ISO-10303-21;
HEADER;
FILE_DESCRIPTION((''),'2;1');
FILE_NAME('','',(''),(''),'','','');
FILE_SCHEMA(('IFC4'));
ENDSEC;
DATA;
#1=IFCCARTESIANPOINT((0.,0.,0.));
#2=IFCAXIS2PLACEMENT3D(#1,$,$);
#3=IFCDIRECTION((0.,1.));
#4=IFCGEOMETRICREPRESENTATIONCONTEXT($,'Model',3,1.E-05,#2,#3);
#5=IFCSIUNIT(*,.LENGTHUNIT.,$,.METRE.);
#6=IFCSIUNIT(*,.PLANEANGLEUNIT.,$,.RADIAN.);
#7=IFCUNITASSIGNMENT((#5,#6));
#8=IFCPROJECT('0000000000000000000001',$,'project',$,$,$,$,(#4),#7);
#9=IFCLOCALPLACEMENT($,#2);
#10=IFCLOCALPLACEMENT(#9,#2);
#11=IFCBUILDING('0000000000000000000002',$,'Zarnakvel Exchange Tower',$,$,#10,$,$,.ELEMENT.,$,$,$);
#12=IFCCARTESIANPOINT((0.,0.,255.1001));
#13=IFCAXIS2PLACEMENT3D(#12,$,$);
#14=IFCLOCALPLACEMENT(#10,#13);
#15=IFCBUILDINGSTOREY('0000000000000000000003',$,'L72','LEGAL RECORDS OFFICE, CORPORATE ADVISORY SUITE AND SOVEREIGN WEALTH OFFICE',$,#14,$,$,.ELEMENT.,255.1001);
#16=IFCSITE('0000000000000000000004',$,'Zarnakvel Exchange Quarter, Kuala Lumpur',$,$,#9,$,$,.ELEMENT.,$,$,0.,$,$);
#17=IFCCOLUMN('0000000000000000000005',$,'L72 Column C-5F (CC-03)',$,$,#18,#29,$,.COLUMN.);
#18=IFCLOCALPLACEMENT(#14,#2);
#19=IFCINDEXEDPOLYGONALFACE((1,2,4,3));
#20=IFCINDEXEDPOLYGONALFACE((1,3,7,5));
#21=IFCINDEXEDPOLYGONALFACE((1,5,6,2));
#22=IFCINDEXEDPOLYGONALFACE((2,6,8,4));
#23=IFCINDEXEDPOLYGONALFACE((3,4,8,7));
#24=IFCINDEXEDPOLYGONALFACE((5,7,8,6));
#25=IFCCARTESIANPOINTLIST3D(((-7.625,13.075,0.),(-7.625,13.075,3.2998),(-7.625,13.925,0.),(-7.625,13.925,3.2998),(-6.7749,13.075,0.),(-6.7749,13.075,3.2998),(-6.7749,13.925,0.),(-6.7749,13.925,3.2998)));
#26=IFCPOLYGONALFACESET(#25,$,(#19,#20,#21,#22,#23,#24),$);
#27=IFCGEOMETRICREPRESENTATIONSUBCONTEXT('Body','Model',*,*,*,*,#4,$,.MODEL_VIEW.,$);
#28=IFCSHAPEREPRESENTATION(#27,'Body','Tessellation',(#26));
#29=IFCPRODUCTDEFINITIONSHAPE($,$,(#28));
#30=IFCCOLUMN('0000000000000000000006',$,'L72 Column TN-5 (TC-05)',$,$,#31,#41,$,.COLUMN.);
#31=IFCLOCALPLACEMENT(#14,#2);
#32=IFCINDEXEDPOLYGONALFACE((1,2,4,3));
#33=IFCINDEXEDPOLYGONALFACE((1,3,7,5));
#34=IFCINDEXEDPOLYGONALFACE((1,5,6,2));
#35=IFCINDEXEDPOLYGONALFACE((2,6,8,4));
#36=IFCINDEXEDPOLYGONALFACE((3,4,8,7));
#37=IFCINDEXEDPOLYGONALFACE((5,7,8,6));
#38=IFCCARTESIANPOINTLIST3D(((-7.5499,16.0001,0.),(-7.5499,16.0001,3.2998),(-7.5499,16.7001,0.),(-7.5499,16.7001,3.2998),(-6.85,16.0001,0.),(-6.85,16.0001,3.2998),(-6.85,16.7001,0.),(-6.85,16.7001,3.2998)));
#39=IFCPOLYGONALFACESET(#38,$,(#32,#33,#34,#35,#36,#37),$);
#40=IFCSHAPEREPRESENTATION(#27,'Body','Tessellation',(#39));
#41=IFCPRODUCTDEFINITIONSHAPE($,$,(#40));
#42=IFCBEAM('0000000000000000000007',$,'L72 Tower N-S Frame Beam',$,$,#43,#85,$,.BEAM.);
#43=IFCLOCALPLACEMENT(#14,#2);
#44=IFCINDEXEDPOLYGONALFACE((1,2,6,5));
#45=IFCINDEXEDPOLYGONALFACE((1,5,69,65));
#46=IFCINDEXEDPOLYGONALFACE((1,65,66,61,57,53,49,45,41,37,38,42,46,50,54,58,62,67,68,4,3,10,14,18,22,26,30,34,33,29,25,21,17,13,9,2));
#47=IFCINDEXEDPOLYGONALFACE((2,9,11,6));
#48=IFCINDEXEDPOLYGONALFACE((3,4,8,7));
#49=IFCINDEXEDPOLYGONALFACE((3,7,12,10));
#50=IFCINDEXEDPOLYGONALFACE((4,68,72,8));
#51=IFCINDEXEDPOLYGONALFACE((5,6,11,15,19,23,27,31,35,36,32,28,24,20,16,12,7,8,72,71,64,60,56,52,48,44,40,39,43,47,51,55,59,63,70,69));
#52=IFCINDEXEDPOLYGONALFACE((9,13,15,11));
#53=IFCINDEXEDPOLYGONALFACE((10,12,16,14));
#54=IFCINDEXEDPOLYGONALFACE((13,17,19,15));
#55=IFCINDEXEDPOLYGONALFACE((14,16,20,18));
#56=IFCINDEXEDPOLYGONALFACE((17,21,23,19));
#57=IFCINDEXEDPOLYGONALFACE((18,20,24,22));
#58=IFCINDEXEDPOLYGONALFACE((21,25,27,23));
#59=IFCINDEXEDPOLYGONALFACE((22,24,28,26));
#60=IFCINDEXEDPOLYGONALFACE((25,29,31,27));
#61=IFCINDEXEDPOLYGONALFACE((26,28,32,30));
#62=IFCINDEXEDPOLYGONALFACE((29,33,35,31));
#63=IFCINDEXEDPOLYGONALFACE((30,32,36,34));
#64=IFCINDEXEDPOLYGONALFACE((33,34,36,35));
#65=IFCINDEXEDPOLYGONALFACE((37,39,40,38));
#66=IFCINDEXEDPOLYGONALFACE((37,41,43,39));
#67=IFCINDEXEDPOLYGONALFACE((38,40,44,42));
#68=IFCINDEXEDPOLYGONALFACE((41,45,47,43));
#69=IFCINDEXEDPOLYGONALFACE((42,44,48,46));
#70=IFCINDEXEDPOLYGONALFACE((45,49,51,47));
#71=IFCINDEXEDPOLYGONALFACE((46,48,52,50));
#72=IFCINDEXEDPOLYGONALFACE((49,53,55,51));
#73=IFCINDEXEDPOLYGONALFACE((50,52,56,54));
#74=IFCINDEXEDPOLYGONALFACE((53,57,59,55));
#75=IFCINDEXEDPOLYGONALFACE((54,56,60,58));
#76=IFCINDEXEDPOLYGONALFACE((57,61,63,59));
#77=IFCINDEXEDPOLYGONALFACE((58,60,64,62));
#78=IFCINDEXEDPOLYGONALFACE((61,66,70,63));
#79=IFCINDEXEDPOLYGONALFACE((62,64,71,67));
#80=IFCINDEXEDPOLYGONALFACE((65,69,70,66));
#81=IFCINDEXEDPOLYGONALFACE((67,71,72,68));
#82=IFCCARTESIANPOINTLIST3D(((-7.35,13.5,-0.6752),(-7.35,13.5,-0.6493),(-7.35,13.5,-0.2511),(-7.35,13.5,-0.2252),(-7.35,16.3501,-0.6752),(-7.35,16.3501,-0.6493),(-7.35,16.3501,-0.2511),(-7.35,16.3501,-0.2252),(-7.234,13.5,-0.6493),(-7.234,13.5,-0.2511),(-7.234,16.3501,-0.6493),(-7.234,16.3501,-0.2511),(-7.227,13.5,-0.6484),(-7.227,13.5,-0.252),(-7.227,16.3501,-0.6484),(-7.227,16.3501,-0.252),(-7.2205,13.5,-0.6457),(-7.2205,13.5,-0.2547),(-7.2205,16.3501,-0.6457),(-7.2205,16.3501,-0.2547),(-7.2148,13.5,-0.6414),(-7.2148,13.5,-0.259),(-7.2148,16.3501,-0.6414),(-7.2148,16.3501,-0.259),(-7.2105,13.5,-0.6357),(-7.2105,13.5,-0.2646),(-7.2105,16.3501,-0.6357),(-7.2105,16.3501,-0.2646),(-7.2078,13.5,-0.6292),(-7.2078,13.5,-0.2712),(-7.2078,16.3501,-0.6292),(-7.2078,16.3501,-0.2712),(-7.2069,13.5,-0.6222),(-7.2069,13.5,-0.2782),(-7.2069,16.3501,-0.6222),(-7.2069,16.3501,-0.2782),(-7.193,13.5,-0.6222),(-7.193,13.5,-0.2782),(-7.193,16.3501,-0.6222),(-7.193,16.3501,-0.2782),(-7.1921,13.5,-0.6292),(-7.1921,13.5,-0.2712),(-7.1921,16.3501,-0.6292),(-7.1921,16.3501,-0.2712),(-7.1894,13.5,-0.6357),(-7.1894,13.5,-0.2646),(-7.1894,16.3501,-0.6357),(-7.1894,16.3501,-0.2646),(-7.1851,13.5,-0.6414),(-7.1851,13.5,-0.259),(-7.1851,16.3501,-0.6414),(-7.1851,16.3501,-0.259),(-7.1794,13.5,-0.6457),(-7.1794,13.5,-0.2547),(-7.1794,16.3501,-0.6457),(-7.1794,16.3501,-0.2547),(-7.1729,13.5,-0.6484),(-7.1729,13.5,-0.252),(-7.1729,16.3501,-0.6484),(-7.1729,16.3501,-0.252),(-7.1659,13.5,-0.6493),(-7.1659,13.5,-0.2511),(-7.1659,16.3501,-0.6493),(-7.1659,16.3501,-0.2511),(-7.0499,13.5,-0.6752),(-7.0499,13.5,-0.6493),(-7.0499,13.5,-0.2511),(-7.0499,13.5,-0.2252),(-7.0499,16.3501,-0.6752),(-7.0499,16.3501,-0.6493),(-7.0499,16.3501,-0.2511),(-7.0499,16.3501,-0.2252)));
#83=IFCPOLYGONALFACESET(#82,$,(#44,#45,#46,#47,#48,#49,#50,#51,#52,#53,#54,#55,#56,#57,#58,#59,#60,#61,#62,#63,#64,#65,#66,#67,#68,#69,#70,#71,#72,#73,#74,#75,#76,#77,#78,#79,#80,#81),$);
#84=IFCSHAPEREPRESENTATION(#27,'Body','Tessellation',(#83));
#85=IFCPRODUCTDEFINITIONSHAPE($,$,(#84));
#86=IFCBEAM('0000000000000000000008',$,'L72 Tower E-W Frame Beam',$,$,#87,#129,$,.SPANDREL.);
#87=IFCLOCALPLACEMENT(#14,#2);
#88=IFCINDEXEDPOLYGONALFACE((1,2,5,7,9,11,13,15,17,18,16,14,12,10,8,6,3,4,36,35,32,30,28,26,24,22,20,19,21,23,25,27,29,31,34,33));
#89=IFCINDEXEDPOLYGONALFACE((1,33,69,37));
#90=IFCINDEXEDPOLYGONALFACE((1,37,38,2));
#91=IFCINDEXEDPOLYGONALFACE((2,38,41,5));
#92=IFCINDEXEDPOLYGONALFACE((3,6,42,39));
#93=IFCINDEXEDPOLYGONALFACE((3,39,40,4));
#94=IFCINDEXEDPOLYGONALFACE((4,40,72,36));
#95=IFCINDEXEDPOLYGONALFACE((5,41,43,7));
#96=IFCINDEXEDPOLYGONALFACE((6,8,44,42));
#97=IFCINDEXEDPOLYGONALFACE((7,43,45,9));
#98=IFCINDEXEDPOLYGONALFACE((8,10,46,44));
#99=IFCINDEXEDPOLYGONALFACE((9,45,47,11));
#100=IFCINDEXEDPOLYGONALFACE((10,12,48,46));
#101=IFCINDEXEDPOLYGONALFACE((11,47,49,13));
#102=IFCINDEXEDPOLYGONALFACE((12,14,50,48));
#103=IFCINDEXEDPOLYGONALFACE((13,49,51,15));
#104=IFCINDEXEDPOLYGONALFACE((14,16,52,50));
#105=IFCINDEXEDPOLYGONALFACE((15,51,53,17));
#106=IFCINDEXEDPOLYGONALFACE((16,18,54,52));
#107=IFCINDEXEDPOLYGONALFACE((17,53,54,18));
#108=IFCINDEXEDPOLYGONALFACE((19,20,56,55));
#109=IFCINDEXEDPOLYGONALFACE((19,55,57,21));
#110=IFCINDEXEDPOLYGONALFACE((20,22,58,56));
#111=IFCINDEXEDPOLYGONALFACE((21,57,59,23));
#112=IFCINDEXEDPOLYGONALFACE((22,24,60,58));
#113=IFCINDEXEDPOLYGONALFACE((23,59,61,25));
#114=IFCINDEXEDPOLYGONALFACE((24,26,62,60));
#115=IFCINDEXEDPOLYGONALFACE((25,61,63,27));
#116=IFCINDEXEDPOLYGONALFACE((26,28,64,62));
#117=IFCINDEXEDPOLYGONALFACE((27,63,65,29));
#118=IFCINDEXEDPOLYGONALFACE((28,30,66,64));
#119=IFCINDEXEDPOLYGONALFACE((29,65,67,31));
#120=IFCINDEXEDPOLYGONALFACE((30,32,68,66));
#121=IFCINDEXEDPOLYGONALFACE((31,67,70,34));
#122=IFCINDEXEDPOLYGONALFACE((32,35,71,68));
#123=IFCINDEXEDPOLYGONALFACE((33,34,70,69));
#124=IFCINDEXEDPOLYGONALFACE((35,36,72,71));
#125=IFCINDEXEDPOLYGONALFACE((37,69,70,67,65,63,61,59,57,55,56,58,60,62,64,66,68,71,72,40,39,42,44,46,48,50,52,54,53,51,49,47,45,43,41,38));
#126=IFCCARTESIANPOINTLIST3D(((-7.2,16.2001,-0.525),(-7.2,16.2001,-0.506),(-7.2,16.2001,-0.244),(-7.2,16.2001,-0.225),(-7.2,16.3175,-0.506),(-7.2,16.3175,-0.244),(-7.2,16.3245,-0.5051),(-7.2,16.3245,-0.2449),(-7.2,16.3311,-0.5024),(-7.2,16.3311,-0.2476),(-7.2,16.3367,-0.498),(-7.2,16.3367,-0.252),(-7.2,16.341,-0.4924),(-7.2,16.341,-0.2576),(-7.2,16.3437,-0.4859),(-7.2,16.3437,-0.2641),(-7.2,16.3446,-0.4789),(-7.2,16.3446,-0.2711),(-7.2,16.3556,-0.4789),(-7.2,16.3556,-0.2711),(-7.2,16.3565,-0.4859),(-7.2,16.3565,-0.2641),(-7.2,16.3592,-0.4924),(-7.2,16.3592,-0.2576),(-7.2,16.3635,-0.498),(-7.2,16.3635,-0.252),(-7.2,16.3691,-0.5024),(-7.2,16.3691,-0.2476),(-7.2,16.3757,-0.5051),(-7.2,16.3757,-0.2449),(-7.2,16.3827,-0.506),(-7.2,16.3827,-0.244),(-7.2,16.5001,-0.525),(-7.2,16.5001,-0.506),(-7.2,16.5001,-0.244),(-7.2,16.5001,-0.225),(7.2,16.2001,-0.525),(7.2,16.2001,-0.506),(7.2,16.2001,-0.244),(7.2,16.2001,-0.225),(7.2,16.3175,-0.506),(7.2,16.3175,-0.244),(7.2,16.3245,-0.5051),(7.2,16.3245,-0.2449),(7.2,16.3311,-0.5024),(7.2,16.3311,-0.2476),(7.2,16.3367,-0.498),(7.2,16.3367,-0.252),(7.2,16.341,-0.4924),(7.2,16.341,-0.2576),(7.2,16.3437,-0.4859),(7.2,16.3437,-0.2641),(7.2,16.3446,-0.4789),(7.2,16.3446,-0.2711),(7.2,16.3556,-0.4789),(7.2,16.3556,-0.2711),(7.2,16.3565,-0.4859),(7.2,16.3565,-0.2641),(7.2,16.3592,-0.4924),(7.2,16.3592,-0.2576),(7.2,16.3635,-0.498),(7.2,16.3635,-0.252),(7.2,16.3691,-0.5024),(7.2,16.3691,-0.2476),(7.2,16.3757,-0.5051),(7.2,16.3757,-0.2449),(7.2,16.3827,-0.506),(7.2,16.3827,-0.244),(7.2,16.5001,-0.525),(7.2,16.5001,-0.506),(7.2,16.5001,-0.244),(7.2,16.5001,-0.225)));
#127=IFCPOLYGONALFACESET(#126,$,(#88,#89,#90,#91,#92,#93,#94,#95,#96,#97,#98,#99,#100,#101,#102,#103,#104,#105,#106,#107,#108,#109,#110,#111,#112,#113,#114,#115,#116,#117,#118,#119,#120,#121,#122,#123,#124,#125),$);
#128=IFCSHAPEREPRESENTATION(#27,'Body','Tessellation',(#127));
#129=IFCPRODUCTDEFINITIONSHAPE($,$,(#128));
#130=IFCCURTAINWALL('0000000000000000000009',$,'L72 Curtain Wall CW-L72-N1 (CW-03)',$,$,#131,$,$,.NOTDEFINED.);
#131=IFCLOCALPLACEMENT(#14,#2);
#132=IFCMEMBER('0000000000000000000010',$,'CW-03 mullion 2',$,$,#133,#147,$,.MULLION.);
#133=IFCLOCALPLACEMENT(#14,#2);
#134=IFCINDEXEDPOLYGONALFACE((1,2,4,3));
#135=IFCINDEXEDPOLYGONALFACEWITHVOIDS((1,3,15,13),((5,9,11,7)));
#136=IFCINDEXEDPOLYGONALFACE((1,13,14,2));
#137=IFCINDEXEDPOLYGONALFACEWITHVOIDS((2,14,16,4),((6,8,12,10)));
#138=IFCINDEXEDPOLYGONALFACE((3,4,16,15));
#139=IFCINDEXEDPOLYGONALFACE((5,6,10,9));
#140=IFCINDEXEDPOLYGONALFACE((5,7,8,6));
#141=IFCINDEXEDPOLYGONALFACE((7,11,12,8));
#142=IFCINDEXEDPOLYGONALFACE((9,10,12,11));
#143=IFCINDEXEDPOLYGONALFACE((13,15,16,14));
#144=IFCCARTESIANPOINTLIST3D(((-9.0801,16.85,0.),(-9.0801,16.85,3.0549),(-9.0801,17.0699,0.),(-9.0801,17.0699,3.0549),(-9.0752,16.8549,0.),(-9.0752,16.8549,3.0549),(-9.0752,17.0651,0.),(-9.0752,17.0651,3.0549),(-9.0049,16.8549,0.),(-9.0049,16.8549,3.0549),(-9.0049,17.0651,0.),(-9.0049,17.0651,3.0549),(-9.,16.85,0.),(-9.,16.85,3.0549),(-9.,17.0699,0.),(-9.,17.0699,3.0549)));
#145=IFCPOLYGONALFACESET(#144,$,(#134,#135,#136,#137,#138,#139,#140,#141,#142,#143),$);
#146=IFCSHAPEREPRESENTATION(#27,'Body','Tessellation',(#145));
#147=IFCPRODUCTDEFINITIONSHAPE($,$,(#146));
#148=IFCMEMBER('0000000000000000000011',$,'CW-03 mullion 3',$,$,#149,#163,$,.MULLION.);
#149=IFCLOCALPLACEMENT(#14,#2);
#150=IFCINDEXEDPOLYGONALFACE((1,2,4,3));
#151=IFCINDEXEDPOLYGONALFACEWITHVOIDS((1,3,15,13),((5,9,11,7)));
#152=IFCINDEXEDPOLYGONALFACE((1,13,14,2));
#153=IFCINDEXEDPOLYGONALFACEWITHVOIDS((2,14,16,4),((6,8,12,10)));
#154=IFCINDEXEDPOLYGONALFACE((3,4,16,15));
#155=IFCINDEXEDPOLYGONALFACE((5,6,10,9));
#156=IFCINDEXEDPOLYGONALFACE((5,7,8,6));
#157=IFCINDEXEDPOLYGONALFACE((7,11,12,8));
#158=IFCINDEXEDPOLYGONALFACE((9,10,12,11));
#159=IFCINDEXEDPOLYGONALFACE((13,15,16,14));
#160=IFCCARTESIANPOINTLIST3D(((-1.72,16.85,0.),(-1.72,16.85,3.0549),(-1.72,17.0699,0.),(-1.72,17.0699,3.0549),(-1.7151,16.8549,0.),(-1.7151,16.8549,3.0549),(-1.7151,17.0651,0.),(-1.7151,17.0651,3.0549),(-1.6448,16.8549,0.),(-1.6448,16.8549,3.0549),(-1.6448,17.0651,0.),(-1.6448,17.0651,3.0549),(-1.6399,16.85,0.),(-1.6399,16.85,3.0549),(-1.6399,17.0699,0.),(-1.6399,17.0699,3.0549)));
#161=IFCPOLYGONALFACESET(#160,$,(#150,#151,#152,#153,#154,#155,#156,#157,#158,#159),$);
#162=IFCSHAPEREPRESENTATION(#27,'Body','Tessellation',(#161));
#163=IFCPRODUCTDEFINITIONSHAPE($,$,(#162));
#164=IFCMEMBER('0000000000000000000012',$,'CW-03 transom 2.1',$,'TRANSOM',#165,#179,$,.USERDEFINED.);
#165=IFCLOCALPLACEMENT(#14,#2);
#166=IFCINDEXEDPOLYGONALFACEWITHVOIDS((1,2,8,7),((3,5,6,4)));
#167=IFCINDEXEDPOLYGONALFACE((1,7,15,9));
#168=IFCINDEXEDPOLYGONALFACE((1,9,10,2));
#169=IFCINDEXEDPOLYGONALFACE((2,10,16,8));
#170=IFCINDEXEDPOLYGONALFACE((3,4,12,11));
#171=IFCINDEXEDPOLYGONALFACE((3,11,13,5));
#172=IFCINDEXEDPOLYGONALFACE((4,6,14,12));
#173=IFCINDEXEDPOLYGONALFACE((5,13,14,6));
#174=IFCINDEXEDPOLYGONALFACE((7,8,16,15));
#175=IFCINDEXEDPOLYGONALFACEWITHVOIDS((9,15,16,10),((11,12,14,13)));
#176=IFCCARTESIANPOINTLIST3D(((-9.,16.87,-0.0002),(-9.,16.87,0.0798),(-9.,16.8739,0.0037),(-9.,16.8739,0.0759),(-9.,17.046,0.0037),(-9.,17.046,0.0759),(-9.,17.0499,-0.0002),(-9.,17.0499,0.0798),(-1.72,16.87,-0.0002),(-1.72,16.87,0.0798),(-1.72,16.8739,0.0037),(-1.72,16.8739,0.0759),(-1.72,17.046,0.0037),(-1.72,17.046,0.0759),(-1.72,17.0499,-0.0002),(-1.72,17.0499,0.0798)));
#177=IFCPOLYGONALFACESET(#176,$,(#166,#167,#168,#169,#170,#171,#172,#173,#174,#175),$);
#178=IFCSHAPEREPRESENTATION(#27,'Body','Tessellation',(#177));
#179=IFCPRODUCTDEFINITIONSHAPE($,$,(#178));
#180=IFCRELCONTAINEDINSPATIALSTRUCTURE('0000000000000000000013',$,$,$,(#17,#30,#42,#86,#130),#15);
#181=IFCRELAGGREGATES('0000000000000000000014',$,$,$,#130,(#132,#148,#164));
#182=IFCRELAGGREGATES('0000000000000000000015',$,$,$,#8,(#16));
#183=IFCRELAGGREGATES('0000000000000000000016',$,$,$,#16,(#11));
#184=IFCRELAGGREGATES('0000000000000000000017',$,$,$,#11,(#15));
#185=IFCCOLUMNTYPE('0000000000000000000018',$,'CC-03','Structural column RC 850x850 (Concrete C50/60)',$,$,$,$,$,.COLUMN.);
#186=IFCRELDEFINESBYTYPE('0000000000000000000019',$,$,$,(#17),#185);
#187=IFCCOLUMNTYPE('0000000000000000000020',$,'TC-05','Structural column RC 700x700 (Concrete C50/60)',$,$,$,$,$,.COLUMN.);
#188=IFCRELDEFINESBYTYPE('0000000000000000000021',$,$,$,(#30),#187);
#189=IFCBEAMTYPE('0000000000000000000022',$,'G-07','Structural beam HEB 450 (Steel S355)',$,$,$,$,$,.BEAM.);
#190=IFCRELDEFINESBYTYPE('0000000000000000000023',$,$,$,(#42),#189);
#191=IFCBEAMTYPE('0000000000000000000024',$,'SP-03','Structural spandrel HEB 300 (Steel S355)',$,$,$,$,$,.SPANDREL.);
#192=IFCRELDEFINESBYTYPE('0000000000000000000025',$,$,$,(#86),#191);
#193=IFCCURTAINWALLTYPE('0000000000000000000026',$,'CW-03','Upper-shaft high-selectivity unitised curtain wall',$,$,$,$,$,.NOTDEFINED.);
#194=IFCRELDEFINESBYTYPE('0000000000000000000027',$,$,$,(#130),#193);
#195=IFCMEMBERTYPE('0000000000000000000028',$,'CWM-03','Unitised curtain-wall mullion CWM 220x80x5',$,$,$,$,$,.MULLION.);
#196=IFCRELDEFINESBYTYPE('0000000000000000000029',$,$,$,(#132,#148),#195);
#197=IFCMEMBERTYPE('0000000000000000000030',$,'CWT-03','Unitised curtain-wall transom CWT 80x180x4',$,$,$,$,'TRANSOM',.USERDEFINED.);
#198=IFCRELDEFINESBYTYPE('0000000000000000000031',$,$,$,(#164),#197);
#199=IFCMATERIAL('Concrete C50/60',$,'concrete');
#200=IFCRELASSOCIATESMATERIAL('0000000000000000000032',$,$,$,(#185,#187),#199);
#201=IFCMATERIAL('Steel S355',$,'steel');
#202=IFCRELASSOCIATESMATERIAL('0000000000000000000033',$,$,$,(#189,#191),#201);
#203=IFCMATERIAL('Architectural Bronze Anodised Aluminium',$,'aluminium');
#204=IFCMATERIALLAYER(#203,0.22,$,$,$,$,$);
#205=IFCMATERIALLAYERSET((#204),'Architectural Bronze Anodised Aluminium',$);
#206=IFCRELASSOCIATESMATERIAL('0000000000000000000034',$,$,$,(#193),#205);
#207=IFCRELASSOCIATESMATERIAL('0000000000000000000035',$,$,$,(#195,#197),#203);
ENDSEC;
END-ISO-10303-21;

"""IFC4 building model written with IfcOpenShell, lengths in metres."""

from ifc_helpers import new_model, si_unit, direction, frame, origin, origin_2d, place, context, subcontext, project, spatial, rectangle, hollow_rectangle, i_section, extrude, source, transform, mapped, material, layer, layer_set, material_profile, profile_set, type_object, element, aggregate, save


model = new_model("IFC4")

# Units and contexts
model_context = context("Model", 3, precision=1e-05, world=origin(), true_north=direction((0.0, 1.0)))
body_context = subcontext(model_context, "Body", "Model", "MODEL_VIEW")
ifc_project = project(units=[si_unit("LENGTHUNIT", "METRE"), si_unit("PLANEANGLEUNIT", "RADIAN")], contexts=[model_context])

# Site, building, storey
site_placement = place(None, origin())
site = spatial("IfcSite", under=ifc_project, at=site_placement, Name="Zarnakvel Exchange Quarter, Kuala Lumpur", CompositionType="ELEMENT", RefElevation=0.0)
building_placement = place(site_placement, origin())
building = spatial("IfcBuilding", under=site, at=building_placement, Name="Zarnakvel Exchange Tower", CompositionType="ELEMENT")
storey_placement = place(building_placement, frame((0.0, 0.0, 255.1001)))
storey = spatial("IfcBuildingStorey", under=building, at=storey_placement, Name="L72", Description="LEGAL RECORDS OFFICE, CORPORATE ADVISORY SUITE AND SOVEREIGN WEALTH OFFICE", CompositionType="ELEMENT", Elevation=255.1001)

# Columns
ifc_material_1 = material(Name="Concrete C50/60", Category="concrete")
ifc_material_profile_1 = material_profile(ifc_material_1, rectangle(XDim=0.8501, YDim=0.8501, at=origin_2d()))
ifc_profile_set_1 = profile_set([ifc_material_profile_1], Name="Concrete C50/60")
column_type_1 = type_object("IfcColumnType", Name="CC-03", Description="Structural column RC 850x850 (Concrete C50/60)", PredefinedType="COLUMN", material=ifc_profile_set_1)
column_1_placement = place(storey_placement, frame((-7.2, 13.5, 0.0), z_axis=(0.0, 0.0, 1.0), x_axis=(1.0, 0.0, 0.0)))
element("IfcColumn", 1, at=column_1_placement, inside=storey, type_object=column_type_1, Name="L72 Column C-5F (CC-03)", PredefinedType="COLUMN", context=body_context, shape_type="SweptSolid", body=[
    extrude(rectangle(XDim=0.8501, YDim=0.8501, at=origin_2d()), origin(), (0.0, 0.0, 1.0), 3.2998),
])
ifc_material_profile_2 = material_profile(ifc_material_1, rectangle(XDim=0.7, YDim=0.7, at=origin_2d()))
ifc_profile_set_2 = profile_set([ifc_material_profile_2], Name="Concrete C50/60")
column_type_2 = type_object("IfcColumnType", Name="TC-05", Description="Structural column RC 700x700 (Concrete C50/60)", PredefinedType="COLUMN", material=ifc_profile_set_2)
column_2_placement = place(storey_placement, frame((-7.2, 16.3501, 0.0), z_axis=(0.0, 0.0, 1.0), x_axis=(1.0, 0.0, 0.0)))
element("IfcColumn", 2, at=column_2_placement, inside=storey, type_object=column_type_2, Name="L72 Column TN-5 (TC-05)", PredefinedType="COLUMN", context=body_context, shape_type="SweptSolid", body=[
    extrude(rectangle(XDim=0.7, YDim=0.7, at=origin_2d()), origin(), (0.0, 0.0, 1.0), 3.2998),
])

# Beams
ifc_material_2 = material(Name="Steel S355", Category="steel")
ifc_material_profile_3 = material_profile(ifc_material_2, i_section(OverallWidth=0.3, OverallDepth=0.45, WebThickness=0.0139, FlangeThickness=0.0259, FilletRadius=0.0271, at=origin_2d()))
ifc_profile_set_3 = profile_set([ifc_material_profile_3], Name="Steel S355")
beam_type_1 = type_object("IfcBeamType", Name="G-07", Description="Structural beam HEB 450 (Steel S355)", PredefinedType="BEAM", material=ifc_profile_set_3)
beam_1_placement = place(storey_placement, frame((-7.2, 13.5, -0.4502), z_axis=(0.0, 1.0, 0.0), x_axis=(-1.0, 0.0, 0.0)))
element("IfcBeam", 3, at=beam_1_placement, inside=storey, type_object=beam_type_1, Name="L72 Tower N-S Frame Beam", PredefinedType="BEAM", context=body_context, shape_type="SweptSolid", body=[
    extrude(i_section(OverallWidth=0.3, OverallDepth=0.45, WebThickness=0.0139, FlangeThickness=0.0259, FilletRadius=0.0271, at=origin_2d()), origin(), (0.0, 0.0, 1.0), 2.8501),
])
ifc_material_profile_4 = material_profile(ifc_material_2, i_section(OverallWidth=0.3, OverallDepth=0.3, WebThickness=0.011, FlangeThickness=0.019, FilletRadius=0.0271, at=origin_2d()))
ifc_profile_set_4 = profile_set([ifc_material_profile_4], Name="Steel S355")
beam_type_2 = type_object("IfcBeamType", Name="SP-03", Description="Structural spandrel HEB 300 (Steel S355)", PredefinedType="SPANDREL", material=ifc_profile_set_4)
beam_2_placement = place(storey_placement, frame((-7.2, 16.3501, -0.375), z_axis=(1.0, 0.0, 0.0), x_axis=(0.0, 1.0, 0.0)))
element("IfcBeam", 4, at=beam_2_placement, inside=storey, type_object=beam_type_2, Name="L72 Tower E-W Frame Beam", PredefinedType="SPANDREL", context=body_context, shape_type="SweptSolid", body=[
    extrude(i_section(OverallWidth=0.3, OverallDepth=0.3, WebThickness=0.011, FlangeThickness=0.019, FilletRadius=0.0271, at=origin_2d()), origin(), (0.0, 0.0, 1.0), 14.3999),
])

# Curtain wall, members
ifc_material_3 = material(Name="Architectural Bronze Anodised Aluminium", Category="aluminium")
ifc_layer_1 = layer(ifc_material_3, 0.22)
ifc_layer_set_1 = layer_set([ifc_layer_1], Name="Architectural Bronze Anodised Aluminium")
curtain_wall_type = type_object("IfcCurtainWallType", Name="CW-03", Description="Upper-shaft high-selectivity unitised curtain wall", PredefinedType="NOTDEFINED", material=ifc_layer_set_1)
curtain_wall_placement = place(storey_placement, origin())
curtain_wall = element("IfcCurtainWall", 5, at=curtain_wall_placement, inside=storey, type_object=curtain_wall_type, Name="L72 Curtain Wall CW-L72-N1 (CW-03)", PredefinedType="NOTDEFINED")
ifc_material_profile_5 = material_profile(ifc_material_3, hollow_rectangle(XDim=0.22, YDim=0.0801, WallThickness=0.0049, at=origin_2d()))
ifc_profile_set_5 = profile_set([ifc_material_profile_5], Name="Architectural Bronze Anodised Aluminium")
member_type_1 = type_object("IfcMemberType", Name="CWM-03", Description="Unitised curtain-wall mullion CWM 220x80x5", PredefinedType="MULLION", material=ifc_profile_set_5)
shared_shape_1 = source(origin(), body_context, "Body", "SweptSolid", [
    extrude(hollow_rectangle(XDim=0.22, YDim=0.0801, WallThickness=0.0049, at=origin_2d()), origin(), (0.0, 0.0, 1.0), 3.0549),
])
member_1_placement = place(storey_placement, frame((-9.04, 16.96, 0.0), z_axis=(0.0, 0.0, 1.0), x_axis=(0.0, 1.0, 0.0)))
member_1 = element("IfcMember", 6, at=member_1_placement, type_object=member_type_1, Name="CW-03 mullion 2", PredefinedType="MULLION", context=body_context, shape_type="MappedRepresentation", body=[
    mapped(shared_shape_1, transform((0.0, 0.0, 0.0), x_axis=(1.0, 0.0, 0.0), y_axis=(0.0, 1.0, 0.0), z_axis=(0.0, 0.0, 1.0), scale=1.0)),
])
member_2_placement = place(storey_placement, frame((-1.6799, 16.96, 0.0), z_axis=(0.0, 0.0, 1.0), x_axis=(0.0, 1.0, 0.0)))
member_2 = element("IfcMember", 7, at=member_2_placement, type_object=member_type_1, Name="CW-03 mullion 3", PredefinedType="MULLION", context=body_context, shape_type="MappedRepresentation", body=[
    mapped(shared_shape_1, transform((0.0, 0.0, 0.0), x_axis=(1.0, 0.0, 0.0), y_axis=(0.0, 1.0, 0.0), z_axis=(0.0, 0.0, 1.0), scale=1.0)),
])
ifc_material_profile_6 = material_profile(ifc_material_3, hollow_rectangle(XDim=0.1799, YDim=0.0801, WallThickness=0.0039, at=origin_2d()))
ifc_profile_set_6 = profile_set([ifc_material_profile_6], Name="Architectural Bronze Anodised Aluminium")
member_type_2 = type_object("IfcMemberType", Name="CWT-03", Description="Unitised curtain-wall transom CWT 80x180x4", ElementType="TRANSOM", PredefinedType="USERDEFINED", material=ifc_profile_set_6)
shared_shape_2 = source(origin(), body_context, "Body", "SweptSolid", [
    extrude(hollow_rectangle(XDim=0.1799, YDim=0.0801, WallThickness=0.0039, at=origin_2d()), origin(), (0.0, 0.0, 1.0), 7.28),
])
member_3_placement = place(storey_placement, frame((-9.0, 16.96, 0.0398), z_axis=(1.0, 0.0, 0.0), x_axis=(0.0, 1.0, 0.0)))
member_3 = element("IfcMember", 8, at=member_3_placement, type_object=member_type_2, Name="CW-03 transom 2.1", ObjectType="TRANSOM", PredefinedType="USERDEFINED", context=body_context, shape_type="MappedRepresentation", body=[
    mapped(shared_shape_2, transform((0.0, 0.0, 0.0), x_axis=(1.0, 0.0, 0.0), y_axis=(0.0, 1.0, 0.0), z_axis=(0.0, 0.0, 1.0), scale=1.0)),
])
aggregate(curtain_wall, [member_1, member_2, member_3])

save(model, "model.ifc")
